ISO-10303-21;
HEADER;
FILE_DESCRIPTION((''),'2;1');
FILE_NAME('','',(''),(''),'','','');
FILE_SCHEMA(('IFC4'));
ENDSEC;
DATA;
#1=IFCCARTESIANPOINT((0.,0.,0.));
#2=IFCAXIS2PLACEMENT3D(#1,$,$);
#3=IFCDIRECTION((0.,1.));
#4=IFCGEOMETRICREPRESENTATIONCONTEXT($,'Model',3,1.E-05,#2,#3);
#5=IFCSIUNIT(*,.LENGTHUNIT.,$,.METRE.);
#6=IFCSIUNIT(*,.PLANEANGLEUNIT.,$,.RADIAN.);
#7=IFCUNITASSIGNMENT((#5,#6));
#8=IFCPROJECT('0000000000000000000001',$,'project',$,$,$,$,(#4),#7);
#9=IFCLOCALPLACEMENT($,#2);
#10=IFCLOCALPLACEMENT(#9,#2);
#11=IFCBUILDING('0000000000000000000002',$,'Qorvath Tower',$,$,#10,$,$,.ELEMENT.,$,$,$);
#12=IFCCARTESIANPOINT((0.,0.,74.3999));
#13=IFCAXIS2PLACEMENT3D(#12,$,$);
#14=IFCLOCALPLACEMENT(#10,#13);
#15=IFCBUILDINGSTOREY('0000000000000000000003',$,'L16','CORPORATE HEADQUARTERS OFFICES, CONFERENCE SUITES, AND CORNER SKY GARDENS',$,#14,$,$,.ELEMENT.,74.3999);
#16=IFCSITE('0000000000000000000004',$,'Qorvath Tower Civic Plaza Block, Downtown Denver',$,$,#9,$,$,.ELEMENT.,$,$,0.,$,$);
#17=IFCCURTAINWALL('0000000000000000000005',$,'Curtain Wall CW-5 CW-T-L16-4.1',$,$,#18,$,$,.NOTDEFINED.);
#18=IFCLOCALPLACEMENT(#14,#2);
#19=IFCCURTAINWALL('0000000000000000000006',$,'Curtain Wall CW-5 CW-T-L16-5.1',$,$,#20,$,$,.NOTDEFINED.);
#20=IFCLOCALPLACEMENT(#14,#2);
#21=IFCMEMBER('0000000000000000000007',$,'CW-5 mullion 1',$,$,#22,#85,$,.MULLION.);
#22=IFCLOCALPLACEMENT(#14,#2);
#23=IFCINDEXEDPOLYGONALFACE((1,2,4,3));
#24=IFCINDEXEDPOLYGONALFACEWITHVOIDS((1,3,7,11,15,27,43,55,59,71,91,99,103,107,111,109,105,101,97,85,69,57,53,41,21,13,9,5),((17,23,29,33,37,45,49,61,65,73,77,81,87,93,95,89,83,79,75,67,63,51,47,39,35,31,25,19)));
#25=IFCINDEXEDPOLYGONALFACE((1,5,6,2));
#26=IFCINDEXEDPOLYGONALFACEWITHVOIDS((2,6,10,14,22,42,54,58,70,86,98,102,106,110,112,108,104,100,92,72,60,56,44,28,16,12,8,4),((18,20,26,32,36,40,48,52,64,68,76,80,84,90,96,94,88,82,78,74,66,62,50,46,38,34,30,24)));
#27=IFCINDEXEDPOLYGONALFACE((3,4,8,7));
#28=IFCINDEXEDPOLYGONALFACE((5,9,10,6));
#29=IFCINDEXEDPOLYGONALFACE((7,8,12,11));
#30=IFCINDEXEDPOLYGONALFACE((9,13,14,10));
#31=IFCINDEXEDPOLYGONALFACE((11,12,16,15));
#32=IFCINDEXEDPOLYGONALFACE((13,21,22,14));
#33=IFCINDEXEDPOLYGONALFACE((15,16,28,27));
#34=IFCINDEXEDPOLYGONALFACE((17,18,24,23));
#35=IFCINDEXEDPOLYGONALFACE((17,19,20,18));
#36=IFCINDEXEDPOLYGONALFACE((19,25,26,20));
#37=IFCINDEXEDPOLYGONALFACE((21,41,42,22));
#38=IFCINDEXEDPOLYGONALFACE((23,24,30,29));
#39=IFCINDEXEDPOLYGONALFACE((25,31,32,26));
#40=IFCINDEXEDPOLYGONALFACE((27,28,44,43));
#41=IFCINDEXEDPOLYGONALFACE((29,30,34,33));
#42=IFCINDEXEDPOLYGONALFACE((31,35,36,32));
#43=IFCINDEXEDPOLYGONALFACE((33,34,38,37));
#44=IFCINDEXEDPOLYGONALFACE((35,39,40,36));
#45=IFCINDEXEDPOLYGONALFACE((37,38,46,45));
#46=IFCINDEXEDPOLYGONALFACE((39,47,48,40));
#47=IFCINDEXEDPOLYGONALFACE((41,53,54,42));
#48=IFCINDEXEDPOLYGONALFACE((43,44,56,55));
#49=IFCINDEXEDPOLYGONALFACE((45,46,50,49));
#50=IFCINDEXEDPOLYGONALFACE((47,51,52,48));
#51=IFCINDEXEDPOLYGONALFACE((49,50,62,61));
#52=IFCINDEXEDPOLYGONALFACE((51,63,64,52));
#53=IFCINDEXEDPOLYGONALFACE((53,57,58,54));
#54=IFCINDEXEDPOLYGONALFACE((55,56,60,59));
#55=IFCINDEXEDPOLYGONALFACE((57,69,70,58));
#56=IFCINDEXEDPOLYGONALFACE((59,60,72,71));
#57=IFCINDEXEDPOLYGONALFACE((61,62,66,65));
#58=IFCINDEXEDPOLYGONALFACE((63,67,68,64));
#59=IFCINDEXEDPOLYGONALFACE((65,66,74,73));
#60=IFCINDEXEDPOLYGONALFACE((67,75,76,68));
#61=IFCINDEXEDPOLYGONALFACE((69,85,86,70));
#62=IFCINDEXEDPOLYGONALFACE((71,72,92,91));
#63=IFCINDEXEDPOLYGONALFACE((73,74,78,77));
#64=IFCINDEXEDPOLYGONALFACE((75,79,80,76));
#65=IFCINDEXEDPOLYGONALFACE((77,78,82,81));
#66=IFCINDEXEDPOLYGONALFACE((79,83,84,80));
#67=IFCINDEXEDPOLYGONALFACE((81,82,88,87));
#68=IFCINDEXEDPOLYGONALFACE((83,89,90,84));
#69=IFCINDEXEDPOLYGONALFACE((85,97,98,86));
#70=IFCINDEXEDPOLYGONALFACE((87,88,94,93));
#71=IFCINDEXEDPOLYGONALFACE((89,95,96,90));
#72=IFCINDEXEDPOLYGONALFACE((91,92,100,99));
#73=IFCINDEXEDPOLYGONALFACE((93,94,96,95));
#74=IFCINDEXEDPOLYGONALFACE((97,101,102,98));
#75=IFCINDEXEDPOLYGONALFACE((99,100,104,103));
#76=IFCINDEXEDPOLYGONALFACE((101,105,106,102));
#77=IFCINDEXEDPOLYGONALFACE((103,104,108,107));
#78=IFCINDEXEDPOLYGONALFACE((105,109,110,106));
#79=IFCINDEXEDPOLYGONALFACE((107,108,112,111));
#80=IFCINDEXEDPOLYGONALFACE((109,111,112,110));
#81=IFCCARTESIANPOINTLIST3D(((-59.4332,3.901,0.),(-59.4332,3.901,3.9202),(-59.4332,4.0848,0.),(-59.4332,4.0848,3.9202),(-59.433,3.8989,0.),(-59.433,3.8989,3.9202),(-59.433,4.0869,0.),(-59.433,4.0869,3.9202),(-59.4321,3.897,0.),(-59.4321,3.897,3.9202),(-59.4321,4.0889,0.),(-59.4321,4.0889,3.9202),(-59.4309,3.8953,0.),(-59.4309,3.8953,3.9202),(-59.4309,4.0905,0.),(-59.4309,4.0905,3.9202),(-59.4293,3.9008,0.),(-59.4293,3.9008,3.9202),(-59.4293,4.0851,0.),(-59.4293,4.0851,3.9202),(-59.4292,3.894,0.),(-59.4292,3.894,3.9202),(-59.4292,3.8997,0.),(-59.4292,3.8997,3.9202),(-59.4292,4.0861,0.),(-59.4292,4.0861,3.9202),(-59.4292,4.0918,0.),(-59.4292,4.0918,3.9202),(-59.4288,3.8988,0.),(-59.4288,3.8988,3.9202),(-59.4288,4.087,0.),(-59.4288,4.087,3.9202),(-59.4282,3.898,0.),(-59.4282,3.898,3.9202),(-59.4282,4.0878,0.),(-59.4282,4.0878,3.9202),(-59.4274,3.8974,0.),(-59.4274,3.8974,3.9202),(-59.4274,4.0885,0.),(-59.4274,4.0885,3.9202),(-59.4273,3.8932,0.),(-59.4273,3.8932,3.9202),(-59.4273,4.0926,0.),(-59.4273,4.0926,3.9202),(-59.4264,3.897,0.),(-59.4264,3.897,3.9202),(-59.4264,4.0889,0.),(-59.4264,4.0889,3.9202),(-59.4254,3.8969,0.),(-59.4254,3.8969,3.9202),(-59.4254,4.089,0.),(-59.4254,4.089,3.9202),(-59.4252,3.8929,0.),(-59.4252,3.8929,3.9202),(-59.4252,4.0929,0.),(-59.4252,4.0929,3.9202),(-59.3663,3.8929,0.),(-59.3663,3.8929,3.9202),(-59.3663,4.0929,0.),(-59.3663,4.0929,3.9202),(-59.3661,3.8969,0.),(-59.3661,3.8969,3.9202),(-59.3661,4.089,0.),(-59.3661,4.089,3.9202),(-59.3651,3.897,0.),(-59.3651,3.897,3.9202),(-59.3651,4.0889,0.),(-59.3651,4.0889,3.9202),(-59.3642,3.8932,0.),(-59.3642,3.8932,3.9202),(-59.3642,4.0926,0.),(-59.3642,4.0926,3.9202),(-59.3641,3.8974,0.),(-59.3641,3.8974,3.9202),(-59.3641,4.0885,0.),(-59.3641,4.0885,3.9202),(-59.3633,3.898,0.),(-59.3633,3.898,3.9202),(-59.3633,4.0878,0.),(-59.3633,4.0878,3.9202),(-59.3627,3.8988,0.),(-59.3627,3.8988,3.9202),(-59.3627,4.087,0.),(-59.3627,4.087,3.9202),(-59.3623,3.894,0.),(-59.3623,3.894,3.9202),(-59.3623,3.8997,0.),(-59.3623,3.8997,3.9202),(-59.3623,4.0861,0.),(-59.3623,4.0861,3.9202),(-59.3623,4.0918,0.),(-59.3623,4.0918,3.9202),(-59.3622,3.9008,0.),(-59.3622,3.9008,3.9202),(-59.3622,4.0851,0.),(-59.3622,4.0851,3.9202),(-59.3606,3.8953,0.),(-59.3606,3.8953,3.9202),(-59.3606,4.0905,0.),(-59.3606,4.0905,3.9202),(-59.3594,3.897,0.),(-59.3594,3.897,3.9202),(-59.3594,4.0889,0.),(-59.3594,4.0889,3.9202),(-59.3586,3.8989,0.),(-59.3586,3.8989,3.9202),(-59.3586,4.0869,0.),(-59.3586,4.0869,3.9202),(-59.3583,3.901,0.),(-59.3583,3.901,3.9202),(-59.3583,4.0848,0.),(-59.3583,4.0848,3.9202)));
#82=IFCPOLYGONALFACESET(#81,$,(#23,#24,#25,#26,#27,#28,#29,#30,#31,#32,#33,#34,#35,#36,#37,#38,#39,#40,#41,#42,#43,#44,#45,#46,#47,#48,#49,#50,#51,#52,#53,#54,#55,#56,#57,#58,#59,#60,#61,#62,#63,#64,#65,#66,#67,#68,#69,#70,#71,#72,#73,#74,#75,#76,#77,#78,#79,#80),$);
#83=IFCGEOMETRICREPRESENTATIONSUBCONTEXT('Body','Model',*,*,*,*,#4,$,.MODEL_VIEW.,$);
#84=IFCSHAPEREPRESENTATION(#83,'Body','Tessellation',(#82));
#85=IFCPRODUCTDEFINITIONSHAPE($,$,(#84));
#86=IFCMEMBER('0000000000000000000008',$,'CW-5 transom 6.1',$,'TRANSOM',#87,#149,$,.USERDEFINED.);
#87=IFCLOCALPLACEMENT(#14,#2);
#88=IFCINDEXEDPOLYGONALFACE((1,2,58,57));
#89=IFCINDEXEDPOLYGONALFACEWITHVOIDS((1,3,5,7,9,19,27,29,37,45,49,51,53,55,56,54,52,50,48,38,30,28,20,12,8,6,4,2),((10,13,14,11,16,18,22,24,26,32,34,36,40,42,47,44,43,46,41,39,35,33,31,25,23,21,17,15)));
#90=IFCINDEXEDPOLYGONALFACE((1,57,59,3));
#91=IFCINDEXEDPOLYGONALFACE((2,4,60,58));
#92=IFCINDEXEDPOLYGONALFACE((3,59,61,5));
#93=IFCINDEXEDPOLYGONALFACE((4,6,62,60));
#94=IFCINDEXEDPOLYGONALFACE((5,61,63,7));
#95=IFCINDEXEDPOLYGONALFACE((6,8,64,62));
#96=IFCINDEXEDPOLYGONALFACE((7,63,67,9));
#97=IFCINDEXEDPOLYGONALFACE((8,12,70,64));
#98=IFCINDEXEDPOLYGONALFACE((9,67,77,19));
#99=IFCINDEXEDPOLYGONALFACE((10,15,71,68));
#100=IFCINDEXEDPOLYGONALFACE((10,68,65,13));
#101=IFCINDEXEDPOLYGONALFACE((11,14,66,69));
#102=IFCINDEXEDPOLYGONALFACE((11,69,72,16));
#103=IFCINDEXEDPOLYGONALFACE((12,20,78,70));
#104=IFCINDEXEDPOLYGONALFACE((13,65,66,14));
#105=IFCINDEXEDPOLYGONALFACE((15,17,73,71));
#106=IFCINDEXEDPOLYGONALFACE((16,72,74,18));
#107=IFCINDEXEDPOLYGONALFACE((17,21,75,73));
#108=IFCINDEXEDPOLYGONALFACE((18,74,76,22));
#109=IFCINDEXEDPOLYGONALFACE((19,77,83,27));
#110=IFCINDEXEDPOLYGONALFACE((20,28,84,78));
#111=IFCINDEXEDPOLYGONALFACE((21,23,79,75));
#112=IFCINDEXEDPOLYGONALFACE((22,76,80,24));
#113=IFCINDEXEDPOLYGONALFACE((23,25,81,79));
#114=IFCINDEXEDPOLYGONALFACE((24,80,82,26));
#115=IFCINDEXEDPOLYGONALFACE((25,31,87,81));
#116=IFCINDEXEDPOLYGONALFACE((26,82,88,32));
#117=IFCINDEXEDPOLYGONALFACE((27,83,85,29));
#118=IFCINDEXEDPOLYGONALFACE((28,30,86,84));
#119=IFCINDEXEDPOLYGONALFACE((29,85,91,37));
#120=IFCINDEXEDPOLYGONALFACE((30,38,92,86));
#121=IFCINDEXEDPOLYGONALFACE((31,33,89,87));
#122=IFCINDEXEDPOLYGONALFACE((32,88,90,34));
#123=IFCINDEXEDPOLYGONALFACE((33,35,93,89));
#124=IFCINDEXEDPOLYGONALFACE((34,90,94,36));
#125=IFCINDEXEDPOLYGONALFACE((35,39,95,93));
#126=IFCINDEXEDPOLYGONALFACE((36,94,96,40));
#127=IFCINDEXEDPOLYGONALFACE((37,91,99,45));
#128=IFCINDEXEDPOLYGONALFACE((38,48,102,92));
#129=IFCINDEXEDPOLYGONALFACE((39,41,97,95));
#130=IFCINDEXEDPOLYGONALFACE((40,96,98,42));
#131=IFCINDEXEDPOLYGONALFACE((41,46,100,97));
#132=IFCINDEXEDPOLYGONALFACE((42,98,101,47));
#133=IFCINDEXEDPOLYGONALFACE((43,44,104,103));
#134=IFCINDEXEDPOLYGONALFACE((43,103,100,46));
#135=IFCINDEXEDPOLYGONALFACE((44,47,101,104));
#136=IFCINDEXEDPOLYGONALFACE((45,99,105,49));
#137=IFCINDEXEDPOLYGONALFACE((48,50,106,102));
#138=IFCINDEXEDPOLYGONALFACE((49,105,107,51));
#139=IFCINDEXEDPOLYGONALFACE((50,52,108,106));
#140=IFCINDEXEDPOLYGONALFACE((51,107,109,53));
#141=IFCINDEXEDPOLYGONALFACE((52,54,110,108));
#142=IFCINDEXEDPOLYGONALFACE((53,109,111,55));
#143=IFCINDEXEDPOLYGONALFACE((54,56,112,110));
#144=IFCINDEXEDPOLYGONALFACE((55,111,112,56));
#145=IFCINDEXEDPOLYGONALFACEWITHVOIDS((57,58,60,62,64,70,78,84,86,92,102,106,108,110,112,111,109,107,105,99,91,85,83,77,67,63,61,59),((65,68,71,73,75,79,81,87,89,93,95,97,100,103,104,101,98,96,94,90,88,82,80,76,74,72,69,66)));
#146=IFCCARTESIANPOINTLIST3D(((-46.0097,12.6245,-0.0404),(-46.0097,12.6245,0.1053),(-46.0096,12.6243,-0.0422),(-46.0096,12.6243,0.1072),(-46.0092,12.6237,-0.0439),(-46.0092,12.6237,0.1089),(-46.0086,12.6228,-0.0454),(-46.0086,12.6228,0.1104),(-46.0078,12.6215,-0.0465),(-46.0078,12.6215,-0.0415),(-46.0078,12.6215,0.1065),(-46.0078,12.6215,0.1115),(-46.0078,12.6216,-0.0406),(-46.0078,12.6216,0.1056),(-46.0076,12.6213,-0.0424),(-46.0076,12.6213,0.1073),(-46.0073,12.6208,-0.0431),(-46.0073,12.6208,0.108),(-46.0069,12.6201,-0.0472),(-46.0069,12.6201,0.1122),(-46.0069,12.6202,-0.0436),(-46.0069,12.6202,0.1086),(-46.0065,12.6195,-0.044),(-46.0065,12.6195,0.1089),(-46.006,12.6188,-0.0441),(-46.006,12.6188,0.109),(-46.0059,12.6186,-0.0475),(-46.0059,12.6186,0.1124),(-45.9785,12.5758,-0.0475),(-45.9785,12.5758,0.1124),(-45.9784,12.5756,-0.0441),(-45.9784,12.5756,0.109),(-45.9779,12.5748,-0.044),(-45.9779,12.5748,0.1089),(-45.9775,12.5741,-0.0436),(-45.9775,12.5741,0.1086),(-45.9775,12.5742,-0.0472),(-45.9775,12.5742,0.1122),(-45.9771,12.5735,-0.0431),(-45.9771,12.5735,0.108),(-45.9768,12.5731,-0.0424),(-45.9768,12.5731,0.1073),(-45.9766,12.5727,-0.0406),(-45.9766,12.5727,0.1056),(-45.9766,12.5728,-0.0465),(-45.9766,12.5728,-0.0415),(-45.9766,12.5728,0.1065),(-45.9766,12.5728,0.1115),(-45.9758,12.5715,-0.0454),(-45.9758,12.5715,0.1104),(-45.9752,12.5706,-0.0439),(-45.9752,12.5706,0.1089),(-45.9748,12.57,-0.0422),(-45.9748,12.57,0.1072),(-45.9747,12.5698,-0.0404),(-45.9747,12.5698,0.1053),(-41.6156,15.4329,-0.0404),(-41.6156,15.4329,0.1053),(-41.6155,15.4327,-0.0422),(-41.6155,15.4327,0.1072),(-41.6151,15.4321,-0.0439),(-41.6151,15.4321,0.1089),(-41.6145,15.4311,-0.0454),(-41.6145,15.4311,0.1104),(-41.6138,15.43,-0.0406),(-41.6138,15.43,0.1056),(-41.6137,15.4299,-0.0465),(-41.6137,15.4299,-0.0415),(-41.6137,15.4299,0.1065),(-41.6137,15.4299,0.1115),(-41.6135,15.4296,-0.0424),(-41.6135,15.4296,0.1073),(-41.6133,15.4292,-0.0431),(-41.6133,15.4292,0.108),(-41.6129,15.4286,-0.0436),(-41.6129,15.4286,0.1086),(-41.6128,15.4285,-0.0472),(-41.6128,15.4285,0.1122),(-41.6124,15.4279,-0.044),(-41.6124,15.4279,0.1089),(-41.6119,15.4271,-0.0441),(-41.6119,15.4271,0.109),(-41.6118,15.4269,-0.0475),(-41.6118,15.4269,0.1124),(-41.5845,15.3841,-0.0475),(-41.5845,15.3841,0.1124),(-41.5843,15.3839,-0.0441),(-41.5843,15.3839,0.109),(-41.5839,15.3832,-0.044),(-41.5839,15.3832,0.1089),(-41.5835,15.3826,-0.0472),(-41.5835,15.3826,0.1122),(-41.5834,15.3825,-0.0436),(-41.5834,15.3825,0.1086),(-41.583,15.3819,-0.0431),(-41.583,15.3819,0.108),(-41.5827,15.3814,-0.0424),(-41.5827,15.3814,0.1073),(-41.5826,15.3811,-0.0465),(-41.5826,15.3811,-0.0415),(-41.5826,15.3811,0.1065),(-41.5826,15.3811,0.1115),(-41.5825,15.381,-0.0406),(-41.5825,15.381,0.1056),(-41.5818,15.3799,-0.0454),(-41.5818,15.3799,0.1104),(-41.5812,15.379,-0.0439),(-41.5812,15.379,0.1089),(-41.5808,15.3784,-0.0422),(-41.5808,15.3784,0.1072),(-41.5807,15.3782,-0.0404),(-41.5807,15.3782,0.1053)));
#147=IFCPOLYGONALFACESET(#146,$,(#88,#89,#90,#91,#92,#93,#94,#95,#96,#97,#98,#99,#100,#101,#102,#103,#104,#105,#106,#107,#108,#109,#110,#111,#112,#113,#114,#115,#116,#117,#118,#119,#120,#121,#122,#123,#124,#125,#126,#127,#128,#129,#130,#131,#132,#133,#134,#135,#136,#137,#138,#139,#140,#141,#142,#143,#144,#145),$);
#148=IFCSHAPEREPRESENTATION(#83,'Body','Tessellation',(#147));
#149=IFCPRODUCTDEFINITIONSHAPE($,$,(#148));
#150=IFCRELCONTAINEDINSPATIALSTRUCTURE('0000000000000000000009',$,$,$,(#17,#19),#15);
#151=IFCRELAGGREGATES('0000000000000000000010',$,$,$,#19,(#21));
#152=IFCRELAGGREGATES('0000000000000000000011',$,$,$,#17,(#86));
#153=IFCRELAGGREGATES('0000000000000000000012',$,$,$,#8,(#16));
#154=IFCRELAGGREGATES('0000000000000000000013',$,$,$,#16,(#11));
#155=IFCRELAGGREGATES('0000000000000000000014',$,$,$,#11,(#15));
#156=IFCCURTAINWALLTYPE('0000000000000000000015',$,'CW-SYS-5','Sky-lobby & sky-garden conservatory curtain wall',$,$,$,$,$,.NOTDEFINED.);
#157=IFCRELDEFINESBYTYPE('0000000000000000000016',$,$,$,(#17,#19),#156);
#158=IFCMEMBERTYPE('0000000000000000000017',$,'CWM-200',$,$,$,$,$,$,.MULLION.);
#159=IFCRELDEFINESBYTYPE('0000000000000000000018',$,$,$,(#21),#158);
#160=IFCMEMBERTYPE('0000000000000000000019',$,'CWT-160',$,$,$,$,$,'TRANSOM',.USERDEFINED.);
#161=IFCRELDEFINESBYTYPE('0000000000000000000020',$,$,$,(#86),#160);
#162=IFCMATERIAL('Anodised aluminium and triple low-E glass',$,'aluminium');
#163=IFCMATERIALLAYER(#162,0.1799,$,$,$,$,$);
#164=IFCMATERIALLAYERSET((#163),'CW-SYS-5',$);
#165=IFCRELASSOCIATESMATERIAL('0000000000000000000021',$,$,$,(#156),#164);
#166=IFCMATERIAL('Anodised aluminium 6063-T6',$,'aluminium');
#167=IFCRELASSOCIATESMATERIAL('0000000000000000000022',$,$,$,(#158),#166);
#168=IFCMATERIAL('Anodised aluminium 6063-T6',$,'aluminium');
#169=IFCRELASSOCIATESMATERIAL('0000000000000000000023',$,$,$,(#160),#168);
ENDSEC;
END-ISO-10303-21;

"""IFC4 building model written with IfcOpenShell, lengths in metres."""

from ifc_helpers import new_model, si_unit, direction, frame, origin, origin_2d, place, context, subcontext, project, spatial, hollow_rectangle, extrude, material, layer, layer_set, material_profile, profile_set, type_object, element, aggregate, save


model = new_model("IFC4")

# Units and contexts
model_context = context("Model", 3, precision=1e-05, world=origin(), true_north=direction((0.0, 1.0)))
body_context = subcontext(model_context, "Body", "Model", "MODEL_VIEW")
ifc_project = project(units=[si_unit("LENGTHUNIT", "METRE"), si_unit("PLANEANGLEUNIT", "RADIAN")], contexts=[model_context])

# Site, building, storey
site_placement = place(None, origin())
site = spatial("IfcSite", under=ifc_project, at=site_placement, Name="Qorvath Tower Civic Plaza Block, Downtown Denver", CompositionType="ELEMENT", RefElevation=0.0)
building_placement = place(site_placement, origin())
building = spatial("IfcBuilding", under=site, at=building_placement, Name="Qorvath Tower", CompositionType="ELEMENT")
storey_placement = place(building_placement, frame((0.0, 0.0, 74.3999)))
storey = spatial("IfcBuildingStorey", under=building, at=storey_placement, Name="L16", Description="CORPORATE HEADQUARTERS OFFICES, CONFERENCE SUITES, AND CORNER SKY GARDENS", CompositionType="ELEMENT", Elevation=74.3999)

# Curtain wall
ifc_material_1 = material(Name="Anodised aluminium and triple low-E glass", Category="aluminium")
ifc_layer_1 = layer(ifc_material_1, 0.1799)
ifc_layer_set_1 = layer_set([ifc_layer_1], Name="CW-SYS-5")
curtain_wall_type = type_object("IfcCurtainWallType", Name="CW-SYS-5", Description="Sky-lobby & sky-garden conservatory curtain wall", PredefinedType="NOTDEFINED", material=ifc_layer_set_1)
curtain_wall_1_placement = place(storey_placement, origin())
curtain_wall_1 = element("IfcCurtainWall", 1, at=curtain_wall_1_placement, inside=storey, type_object=curtain_wall_type, Name="Curtain Wall CW-5 CW-T-L16-4.1", PredefinedType="NOTDEFINED")
ifc_material_2 = material(Name="Anodised aluminium 6063-T6", Category="aluminium")
ifc_material_profile_1 = material_profile(ifc_material_2, hollow_rectangle(XDim=0.075, YDim=0.2, WallThickness=0.0039, InnerFilletRadius=0.0039, OuterFilletRadius=0.0081, at=origin_2d()), Name="CWM 200x75")
ifc_profile_set_1 = profile_set([ifc_material_profile_1], Name="Anodised aluminium 6063-T6")
member_type_1 = type_object("IfcMemberType", Name="CWM-200", PredefinedType="MULLION", material=ifc_profile_set_1)

# Curtain wall, member
curtain_wall_2_placement = place(storey_placement, origin())
curtain_wall_2 = element("IfcCurtainWall", 2, at=curtain_wall_2_placement, inside=storey, type_object=curtain_wall_type, Name="Curtain Wall CW-5 CW-T-L16-5.1", PredefinedType="NOTDEFINED")
member_1_placement = place(storey_placement, frame((-59.3958, 3.9929, 0.0), z_axis=(0.0, 0.0, 1.0), x_axis=(1.0, 0.0, 0.0)))
member_1 = element("IfcMember", 3, at=member_1_placement, type_object=member_type_1, Name="CW-5 mullion 1", PredefinedType="MULLION", context=body_context, shape_type="SweptSolid", body=[
    extrude(hollow_rectangle(XDim=0.075, YDim=0.2, WallThickness=0.0039, InnerFilletRadius=0.0039, OuterFilletRadius=0.0081, at=origin_2d()), origin(), (0.0, 0.0, 1.0), 3.9202),
])

# Member
ifc_material_3 = material(Name="Anodised aluminium 6063-T6", Category="aluminium")
ifc_material_profile_2 = material_profile(ifc_material_3, hollow_rectangle(XDim=0.0649, YDim=0.1599, WallThickness=0.0034, InnerFilletRadius=0.0034, OuterFilletRadius=0.0071, at=origin_2d()), Name="CWT 160x65")
ifc_profile_set_2 = profile_set([ifc_material_profile_2], Name="Anodised aluminium 6063-T6")
member_type_2 = type_object("IfcMemberType", Name="CWT-160", ElementType="TRANSOM", PredefinedType="USERDEFINED", material=ifc_profile_set_2)
member_2_placement = place(storey_placement, frame((-41.5981, 15.4055, 0.0325), z_axis=(-0.842605, -0.538531, 0.0), x_axis=(0.538531, -0.842605, 0.0)))
member_2 = element("IfcMember", 4, at=member_2_placement, type_object=member_type_2, Name="CW-5 transom 6.1", ObjectType="TRANSOM", PredefinedType="USERDEFINED", context=body_context, shape_type="SweptSolid", body=[
    extrude(hollow_rectangle(XDim=0.0649, YDim=0.1599, WallThickness=0.0034, InnerFilletRadius=0.0034, OuterFilletRadius=0.0071, at=origin_2d()), origin(), (0.0, 0.0, 1.0), 5.2148),
])
aggregate(curtain_wall_2, [member_1])

aggregate(curtain_wall_1, [member_2])

save(model, "model.ifc")
